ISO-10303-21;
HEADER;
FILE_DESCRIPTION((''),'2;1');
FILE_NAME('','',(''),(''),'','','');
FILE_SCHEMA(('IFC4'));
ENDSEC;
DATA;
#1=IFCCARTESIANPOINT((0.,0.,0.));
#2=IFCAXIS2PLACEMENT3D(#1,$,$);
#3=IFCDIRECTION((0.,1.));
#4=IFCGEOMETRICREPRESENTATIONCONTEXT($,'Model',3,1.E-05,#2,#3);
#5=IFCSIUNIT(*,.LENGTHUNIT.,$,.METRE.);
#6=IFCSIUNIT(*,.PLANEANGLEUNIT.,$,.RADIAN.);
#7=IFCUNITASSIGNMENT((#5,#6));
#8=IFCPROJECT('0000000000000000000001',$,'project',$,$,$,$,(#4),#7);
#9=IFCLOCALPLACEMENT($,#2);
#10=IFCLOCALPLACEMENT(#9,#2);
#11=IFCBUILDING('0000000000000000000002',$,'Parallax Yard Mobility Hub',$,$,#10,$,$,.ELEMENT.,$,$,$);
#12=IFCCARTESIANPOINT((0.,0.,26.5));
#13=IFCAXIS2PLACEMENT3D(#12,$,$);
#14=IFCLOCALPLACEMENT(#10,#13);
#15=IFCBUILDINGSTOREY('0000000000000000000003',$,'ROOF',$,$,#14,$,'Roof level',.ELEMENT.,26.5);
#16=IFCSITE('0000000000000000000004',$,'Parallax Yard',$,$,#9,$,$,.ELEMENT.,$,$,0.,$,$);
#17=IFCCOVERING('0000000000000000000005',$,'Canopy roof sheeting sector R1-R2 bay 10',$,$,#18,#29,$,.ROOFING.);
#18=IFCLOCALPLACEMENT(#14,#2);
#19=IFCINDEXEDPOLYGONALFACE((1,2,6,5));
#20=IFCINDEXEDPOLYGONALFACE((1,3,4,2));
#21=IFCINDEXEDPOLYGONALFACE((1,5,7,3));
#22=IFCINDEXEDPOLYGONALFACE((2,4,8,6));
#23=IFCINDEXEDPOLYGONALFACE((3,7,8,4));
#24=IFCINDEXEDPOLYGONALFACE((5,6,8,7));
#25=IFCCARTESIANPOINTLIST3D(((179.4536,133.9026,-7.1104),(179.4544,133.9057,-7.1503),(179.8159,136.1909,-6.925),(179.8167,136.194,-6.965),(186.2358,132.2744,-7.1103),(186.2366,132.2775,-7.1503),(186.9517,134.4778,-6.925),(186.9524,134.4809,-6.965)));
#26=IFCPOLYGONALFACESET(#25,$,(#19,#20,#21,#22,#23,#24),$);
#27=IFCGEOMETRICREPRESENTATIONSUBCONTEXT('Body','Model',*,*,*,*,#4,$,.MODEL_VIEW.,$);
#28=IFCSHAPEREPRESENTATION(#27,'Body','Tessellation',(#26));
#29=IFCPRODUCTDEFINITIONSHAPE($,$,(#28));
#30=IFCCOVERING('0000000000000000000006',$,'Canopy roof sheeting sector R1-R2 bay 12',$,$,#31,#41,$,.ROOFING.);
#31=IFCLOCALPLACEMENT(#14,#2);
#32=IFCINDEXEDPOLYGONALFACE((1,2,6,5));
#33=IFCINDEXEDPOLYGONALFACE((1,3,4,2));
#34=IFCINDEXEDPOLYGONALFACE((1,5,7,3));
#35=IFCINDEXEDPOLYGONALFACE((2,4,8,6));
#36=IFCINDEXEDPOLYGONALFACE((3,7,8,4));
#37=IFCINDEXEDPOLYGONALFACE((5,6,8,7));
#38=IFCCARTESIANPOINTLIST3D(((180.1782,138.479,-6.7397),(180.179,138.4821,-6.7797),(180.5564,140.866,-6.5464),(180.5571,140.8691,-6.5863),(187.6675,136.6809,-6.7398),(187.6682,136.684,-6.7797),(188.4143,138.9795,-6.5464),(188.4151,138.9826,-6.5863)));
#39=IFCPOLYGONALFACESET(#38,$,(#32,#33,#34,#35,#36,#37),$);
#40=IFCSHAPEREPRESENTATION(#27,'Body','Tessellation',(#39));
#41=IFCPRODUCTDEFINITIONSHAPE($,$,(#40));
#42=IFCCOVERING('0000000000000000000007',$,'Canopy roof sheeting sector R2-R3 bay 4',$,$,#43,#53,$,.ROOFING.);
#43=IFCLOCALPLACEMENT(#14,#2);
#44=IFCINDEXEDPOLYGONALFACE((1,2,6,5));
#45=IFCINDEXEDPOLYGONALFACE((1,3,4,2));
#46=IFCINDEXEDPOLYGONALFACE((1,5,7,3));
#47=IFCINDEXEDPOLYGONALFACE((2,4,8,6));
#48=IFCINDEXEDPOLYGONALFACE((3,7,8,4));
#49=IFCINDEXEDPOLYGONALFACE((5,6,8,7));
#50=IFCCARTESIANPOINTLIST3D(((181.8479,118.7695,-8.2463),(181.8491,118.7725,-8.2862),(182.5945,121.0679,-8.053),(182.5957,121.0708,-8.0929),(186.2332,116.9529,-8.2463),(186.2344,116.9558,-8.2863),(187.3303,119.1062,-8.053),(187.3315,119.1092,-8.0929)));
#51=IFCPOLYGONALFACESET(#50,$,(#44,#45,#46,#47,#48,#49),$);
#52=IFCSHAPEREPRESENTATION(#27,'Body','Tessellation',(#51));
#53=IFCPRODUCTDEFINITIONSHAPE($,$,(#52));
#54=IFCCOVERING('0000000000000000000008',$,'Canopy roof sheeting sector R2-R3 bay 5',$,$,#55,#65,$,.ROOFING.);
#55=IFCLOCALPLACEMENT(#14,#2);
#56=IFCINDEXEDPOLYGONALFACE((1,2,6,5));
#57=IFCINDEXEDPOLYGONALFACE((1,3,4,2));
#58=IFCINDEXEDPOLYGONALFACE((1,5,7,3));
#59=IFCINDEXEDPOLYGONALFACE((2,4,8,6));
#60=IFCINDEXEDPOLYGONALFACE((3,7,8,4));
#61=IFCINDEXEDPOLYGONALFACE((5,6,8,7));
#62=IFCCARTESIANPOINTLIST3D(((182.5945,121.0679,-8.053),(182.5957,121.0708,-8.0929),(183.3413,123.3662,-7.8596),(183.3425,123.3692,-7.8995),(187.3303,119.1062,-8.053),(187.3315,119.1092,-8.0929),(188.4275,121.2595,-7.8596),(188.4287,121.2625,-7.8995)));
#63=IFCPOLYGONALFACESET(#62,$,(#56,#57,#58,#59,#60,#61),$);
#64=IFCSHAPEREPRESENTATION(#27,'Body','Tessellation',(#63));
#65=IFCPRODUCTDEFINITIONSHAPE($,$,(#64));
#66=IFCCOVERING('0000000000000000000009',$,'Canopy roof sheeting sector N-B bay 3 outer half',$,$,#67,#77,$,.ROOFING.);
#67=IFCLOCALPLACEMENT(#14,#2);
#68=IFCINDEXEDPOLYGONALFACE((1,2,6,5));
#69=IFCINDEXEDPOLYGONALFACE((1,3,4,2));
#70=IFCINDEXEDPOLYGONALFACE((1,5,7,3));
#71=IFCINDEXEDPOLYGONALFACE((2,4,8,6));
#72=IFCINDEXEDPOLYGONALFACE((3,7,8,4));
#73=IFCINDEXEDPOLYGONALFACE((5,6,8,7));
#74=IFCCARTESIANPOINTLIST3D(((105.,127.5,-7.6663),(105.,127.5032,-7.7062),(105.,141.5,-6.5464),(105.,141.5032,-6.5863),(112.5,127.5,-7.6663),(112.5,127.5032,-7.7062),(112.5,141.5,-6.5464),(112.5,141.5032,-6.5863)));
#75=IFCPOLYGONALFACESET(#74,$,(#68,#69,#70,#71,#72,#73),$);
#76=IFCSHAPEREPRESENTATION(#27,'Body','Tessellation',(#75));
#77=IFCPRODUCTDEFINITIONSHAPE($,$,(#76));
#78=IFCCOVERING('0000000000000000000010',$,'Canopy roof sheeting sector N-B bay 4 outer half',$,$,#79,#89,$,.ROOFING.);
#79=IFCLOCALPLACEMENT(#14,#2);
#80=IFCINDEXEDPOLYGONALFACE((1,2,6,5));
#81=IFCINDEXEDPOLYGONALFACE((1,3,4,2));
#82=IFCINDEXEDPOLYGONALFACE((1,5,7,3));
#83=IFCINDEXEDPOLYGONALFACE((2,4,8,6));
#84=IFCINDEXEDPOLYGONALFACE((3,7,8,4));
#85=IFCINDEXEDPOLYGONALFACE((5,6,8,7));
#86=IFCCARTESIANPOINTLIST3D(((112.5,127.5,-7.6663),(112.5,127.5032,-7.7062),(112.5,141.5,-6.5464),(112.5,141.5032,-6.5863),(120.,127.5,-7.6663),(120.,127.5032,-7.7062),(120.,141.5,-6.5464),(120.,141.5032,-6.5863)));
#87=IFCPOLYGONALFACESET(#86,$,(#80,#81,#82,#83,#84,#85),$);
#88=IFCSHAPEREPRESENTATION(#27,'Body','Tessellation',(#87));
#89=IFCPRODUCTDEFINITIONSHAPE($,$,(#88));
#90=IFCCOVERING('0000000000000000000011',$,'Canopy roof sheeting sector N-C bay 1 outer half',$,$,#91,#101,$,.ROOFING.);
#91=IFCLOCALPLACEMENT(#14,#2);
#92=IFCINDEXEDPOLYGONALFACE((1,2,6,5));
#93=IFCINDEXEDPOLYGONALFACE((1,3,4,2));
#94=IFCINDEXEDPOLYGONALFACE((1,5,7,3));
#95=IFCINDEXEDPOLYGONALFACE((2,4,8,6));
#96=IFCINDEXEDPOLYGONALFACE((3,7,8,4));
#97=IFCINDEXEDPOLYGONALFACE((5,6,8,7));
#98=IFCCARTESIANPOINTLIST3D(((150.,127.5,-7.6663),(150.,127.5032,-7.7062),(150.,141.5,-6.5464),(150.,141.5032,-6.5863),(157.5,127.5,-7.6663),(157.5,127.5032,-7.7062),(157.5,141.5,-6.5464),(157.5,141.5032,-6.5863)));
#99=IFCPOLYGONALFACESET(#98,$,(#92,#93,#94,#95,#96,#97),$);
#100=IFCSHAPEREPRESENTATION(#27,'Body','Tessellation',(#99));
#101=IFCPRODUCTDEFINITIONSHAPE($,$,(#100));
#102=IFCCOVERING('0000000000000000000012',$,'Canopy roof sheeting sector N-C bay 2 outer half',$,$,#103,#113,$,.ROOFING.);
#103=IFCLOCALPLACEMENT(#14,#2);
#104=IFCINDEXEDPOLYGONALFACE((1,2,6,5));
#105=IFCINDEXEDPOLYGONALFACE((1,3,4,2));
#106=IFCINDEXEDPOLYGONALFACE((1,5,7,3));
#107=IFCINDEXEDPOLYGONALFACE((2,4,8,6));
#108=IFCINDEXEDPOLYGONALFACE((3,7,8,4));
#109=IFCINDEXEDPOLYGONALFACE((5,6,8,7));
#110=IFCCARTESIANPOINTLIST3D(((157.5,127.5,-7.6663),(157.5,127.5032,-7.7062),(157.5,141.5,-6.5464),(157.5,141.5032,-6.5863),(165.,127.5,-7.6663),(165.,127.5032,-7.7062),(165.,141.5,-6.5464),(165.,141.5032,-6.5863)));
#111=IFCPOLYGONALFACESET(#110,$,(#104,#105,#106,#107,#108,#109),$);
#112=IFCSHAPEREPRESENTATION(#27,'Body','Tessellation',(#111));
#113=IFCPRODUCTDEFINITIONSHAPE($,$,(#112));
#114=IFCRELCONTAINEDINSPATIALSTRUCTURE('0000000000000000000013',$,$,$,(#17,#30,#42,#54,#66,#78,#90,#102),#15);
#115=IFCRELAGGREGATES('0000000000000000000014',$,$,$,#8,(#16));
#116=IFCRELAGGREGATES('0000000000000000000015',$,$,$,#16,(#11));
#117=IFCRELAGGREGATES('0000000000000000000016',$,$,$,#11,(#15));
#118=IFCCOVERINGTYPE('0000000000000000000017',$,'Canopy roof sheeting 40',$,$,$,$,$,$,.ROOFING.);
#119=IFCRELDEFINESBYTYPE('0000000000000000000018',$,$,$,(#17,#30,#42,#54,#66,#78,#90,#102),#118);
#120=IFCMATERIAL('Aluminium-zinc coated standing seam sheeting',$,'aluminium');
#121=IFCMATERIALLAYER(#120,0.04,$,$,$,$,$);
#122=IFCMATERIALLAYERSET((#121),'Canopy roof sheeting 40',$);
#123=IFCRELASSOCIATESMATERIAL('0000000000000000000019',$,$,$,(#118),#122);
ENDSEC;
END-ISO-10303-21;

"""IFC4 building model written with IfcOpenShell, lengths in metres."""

from ifc_helpers import new_model, si_unit, direction, frame, origin, place, context, subcontext, project, spatial, polyline, outline, extrude, material, layer, layer_set, type_object, element, save


model = new_model("IFC4")

# Units and contexts
model_context = context("Model", 3, precision=1e-05, world=origin(), true_north=direction((0.0, 1.0)))
body_context = subcontext(model_context, "Body", "Model", "MODEL_VIEW")
ifc_project = project(units=[si_unit("LENGTHUNIT", "METRE"), si_unit("PLANEANGLEUNIT", "RADIAN")], contexts=[model_context])

# Site, building, storey
site_placement = place(None, origin())
site = spatial("IfcSite", under=ifc_project, at=site_placement, Name="Parallax Yard", CompositionType="ELEMENT", RefElevation=0.0)
building_placement = place(site_placement, origin())
building = spatial("IfcBuilding", under=site, at=building_placement, Name="Parallax Yard Mobility Hub", CompositionType="ELEMENT")
storey_placement = place(building_placement, frame((0.0, 0.0, 26.5)))
storey = spatial("IfcBuildingStorey", under=building, at=storey_placement, Name="ROOF", LongName="Roof level", CompositionType="ELEMENT", Elevation=26.5)

# Shared definitions
placement = place(building_placement, frame((0.0, 0.0, 13.2)))

# Coverings
ifc_material_1 = material(Name="Aluminium-zinc coated standing seam sheeting", Category="aluminium")
ifc_layer_1 = layer(ifc_material_1, 0.04)
ifc_layer_set_1 = layer_set([ifc_layer_1], Name="Canopy roof sheeting 40")
covering_type = type_object("IfcCoveringType", Name="Canopy roof sheeting 40", PredefinedType="ROOFING", material=ifc_layer_set_1)
covering_1_placement = place(placement, frame((179.4536, 133.9026, 6.1897), z_axis=(-0.018669, -0.077764, 0.996797), x_axis=(0.972373, -0.233433, 0.000001)))
element("IfcCovering", 1, at=covering_1_placement, inside=storey, type_object=covering_type, Name="Canopy roof sheeting sector R1-R2 bay 10", PredefinedType="ROOFING", context=body_context, shape_type="SweptSolid", body=[
    extrude(outline(polyline([(0.0, 0.0), (6.9749, 0.0), (7.1566, 2.317), (-0.1819, 2.3171), (0.0, 0.0)])), origin(), (0.0, 0.0, -1.0), 0.04),
])
covering_2_placement = place(placement, frame((180.1782, 138.479, 6.5603), z_axis=(-0.018675, -0.077786, 0.996795), x_axis=(0.972367, -0.233456, -0.000001)))
element("IfcCovering", 2, at=covering_2_placement, inside=storey, type_object=covering_type, Name="Canopy roof sheeting sector R1-R2 bay 12", PredefinedType="ROOFING", context=body_context, shape_type="SweptSolid", body=[
    extrude(outline(polyline([(0.0, 0.0), (7.7021, 0.0), (7.8917, 2.4172), (-0.1895, 2.417), (0.0, 0.0)])), origin(), (0.0, 0.0, -1.0), 0.04),
])
covering_3_placement = place(placement, frame((181.8479, 118.7695, 5.0537), z_axis=(-0.030617, -0.073912, 0.996795), x_axis=(0.923863, -0.382723, -0.000002)))
element("IfcCovering", 3, at=covering_3_placement, inside=storey, type_object=covering_type, Name="Canopy roof sheeting sector R2-R3 bay 4", PredefinedType="ROOFING", context=body_context, shape_type="SweptSolid", body=[
    extrude(outline(polyline([(0.0, 0.0), (4.7466, 0.0), (4.9362, 2.417), (-0.1899, 2.4168), (0.0, 0.0)])), origin(), (0.0, 0.0, -1.0), 0.04),
])
covering_4_placement = place(placement, frame((182.5945, 121.0679, 5.2471), z_axis=(-0.030614, -0.073911, 0.996795), x_axis=(0.923878, -0.382687, -0.000001)))
element("IfcCovering", 4, at=covering_4_placement, inside=storey, type_object=covering_type, Name="Canopy roof sheeting sector R2-R3 bay 5", PredefinedType="ROOFING", context=body_context, shape_type="SweptSolid", body=[
    extrude(outline(polyline([(0.0, 0.0), (5.126, 0.0), (5.3156, 2.417), (-0.1896, 2.4169), (0.0, 0.0)])), origin(), (0.0, 0.0, -1.0), 0.04),
])
for number, where, z_axis, x_axis, name in (
    (5, (105.0, 127.5, 5.6338), (0.0, -0.079736, 0.996816), (1.0, 0.0, 0.0), "Canopy roof sheeting sector N-B bay 3 outer half"),
    (6, (112.5, 127.5, 5.6338), (0.0, -0.079736, 0.996816), (1.0, 0.0, 0.0), "Canopy roof sheeting sector N-B bay 4 outer half"),
    (7, (150.0, 127.5, 5.6338), (0.0, -0.079736, 0.996816), (1.0, 0.0, 0.0), "Canopy roof sheeting sector N-C bay 1 outer half"),
    (8, (157.5, 127.5, 5.6338), (0.0, -0.079736, 0.996816), (1.0, 0.0, 0.0), "Canopy roof sheeting sector N-C bay 2 outer half"),
):
    element("IfcCovering", number, at=place(placement, frame(where, z_axis=z_axis, x_axis=x_axis)), inside=storey, type_object=covering_type, Name=name, PredefinedType="ROOFING", context=body_context, shape_type="SweptSolid", body=[
        extrude(outline(polyline([(0.0, 0.0), (7.5, 0.0), (7.5, 14.0447), (0.0, 14.0447), (0.0, 0.0)])), origin(), (0.0, 0.0, -1.0), 0.04),
    ])

save(model, "model.ifc")
